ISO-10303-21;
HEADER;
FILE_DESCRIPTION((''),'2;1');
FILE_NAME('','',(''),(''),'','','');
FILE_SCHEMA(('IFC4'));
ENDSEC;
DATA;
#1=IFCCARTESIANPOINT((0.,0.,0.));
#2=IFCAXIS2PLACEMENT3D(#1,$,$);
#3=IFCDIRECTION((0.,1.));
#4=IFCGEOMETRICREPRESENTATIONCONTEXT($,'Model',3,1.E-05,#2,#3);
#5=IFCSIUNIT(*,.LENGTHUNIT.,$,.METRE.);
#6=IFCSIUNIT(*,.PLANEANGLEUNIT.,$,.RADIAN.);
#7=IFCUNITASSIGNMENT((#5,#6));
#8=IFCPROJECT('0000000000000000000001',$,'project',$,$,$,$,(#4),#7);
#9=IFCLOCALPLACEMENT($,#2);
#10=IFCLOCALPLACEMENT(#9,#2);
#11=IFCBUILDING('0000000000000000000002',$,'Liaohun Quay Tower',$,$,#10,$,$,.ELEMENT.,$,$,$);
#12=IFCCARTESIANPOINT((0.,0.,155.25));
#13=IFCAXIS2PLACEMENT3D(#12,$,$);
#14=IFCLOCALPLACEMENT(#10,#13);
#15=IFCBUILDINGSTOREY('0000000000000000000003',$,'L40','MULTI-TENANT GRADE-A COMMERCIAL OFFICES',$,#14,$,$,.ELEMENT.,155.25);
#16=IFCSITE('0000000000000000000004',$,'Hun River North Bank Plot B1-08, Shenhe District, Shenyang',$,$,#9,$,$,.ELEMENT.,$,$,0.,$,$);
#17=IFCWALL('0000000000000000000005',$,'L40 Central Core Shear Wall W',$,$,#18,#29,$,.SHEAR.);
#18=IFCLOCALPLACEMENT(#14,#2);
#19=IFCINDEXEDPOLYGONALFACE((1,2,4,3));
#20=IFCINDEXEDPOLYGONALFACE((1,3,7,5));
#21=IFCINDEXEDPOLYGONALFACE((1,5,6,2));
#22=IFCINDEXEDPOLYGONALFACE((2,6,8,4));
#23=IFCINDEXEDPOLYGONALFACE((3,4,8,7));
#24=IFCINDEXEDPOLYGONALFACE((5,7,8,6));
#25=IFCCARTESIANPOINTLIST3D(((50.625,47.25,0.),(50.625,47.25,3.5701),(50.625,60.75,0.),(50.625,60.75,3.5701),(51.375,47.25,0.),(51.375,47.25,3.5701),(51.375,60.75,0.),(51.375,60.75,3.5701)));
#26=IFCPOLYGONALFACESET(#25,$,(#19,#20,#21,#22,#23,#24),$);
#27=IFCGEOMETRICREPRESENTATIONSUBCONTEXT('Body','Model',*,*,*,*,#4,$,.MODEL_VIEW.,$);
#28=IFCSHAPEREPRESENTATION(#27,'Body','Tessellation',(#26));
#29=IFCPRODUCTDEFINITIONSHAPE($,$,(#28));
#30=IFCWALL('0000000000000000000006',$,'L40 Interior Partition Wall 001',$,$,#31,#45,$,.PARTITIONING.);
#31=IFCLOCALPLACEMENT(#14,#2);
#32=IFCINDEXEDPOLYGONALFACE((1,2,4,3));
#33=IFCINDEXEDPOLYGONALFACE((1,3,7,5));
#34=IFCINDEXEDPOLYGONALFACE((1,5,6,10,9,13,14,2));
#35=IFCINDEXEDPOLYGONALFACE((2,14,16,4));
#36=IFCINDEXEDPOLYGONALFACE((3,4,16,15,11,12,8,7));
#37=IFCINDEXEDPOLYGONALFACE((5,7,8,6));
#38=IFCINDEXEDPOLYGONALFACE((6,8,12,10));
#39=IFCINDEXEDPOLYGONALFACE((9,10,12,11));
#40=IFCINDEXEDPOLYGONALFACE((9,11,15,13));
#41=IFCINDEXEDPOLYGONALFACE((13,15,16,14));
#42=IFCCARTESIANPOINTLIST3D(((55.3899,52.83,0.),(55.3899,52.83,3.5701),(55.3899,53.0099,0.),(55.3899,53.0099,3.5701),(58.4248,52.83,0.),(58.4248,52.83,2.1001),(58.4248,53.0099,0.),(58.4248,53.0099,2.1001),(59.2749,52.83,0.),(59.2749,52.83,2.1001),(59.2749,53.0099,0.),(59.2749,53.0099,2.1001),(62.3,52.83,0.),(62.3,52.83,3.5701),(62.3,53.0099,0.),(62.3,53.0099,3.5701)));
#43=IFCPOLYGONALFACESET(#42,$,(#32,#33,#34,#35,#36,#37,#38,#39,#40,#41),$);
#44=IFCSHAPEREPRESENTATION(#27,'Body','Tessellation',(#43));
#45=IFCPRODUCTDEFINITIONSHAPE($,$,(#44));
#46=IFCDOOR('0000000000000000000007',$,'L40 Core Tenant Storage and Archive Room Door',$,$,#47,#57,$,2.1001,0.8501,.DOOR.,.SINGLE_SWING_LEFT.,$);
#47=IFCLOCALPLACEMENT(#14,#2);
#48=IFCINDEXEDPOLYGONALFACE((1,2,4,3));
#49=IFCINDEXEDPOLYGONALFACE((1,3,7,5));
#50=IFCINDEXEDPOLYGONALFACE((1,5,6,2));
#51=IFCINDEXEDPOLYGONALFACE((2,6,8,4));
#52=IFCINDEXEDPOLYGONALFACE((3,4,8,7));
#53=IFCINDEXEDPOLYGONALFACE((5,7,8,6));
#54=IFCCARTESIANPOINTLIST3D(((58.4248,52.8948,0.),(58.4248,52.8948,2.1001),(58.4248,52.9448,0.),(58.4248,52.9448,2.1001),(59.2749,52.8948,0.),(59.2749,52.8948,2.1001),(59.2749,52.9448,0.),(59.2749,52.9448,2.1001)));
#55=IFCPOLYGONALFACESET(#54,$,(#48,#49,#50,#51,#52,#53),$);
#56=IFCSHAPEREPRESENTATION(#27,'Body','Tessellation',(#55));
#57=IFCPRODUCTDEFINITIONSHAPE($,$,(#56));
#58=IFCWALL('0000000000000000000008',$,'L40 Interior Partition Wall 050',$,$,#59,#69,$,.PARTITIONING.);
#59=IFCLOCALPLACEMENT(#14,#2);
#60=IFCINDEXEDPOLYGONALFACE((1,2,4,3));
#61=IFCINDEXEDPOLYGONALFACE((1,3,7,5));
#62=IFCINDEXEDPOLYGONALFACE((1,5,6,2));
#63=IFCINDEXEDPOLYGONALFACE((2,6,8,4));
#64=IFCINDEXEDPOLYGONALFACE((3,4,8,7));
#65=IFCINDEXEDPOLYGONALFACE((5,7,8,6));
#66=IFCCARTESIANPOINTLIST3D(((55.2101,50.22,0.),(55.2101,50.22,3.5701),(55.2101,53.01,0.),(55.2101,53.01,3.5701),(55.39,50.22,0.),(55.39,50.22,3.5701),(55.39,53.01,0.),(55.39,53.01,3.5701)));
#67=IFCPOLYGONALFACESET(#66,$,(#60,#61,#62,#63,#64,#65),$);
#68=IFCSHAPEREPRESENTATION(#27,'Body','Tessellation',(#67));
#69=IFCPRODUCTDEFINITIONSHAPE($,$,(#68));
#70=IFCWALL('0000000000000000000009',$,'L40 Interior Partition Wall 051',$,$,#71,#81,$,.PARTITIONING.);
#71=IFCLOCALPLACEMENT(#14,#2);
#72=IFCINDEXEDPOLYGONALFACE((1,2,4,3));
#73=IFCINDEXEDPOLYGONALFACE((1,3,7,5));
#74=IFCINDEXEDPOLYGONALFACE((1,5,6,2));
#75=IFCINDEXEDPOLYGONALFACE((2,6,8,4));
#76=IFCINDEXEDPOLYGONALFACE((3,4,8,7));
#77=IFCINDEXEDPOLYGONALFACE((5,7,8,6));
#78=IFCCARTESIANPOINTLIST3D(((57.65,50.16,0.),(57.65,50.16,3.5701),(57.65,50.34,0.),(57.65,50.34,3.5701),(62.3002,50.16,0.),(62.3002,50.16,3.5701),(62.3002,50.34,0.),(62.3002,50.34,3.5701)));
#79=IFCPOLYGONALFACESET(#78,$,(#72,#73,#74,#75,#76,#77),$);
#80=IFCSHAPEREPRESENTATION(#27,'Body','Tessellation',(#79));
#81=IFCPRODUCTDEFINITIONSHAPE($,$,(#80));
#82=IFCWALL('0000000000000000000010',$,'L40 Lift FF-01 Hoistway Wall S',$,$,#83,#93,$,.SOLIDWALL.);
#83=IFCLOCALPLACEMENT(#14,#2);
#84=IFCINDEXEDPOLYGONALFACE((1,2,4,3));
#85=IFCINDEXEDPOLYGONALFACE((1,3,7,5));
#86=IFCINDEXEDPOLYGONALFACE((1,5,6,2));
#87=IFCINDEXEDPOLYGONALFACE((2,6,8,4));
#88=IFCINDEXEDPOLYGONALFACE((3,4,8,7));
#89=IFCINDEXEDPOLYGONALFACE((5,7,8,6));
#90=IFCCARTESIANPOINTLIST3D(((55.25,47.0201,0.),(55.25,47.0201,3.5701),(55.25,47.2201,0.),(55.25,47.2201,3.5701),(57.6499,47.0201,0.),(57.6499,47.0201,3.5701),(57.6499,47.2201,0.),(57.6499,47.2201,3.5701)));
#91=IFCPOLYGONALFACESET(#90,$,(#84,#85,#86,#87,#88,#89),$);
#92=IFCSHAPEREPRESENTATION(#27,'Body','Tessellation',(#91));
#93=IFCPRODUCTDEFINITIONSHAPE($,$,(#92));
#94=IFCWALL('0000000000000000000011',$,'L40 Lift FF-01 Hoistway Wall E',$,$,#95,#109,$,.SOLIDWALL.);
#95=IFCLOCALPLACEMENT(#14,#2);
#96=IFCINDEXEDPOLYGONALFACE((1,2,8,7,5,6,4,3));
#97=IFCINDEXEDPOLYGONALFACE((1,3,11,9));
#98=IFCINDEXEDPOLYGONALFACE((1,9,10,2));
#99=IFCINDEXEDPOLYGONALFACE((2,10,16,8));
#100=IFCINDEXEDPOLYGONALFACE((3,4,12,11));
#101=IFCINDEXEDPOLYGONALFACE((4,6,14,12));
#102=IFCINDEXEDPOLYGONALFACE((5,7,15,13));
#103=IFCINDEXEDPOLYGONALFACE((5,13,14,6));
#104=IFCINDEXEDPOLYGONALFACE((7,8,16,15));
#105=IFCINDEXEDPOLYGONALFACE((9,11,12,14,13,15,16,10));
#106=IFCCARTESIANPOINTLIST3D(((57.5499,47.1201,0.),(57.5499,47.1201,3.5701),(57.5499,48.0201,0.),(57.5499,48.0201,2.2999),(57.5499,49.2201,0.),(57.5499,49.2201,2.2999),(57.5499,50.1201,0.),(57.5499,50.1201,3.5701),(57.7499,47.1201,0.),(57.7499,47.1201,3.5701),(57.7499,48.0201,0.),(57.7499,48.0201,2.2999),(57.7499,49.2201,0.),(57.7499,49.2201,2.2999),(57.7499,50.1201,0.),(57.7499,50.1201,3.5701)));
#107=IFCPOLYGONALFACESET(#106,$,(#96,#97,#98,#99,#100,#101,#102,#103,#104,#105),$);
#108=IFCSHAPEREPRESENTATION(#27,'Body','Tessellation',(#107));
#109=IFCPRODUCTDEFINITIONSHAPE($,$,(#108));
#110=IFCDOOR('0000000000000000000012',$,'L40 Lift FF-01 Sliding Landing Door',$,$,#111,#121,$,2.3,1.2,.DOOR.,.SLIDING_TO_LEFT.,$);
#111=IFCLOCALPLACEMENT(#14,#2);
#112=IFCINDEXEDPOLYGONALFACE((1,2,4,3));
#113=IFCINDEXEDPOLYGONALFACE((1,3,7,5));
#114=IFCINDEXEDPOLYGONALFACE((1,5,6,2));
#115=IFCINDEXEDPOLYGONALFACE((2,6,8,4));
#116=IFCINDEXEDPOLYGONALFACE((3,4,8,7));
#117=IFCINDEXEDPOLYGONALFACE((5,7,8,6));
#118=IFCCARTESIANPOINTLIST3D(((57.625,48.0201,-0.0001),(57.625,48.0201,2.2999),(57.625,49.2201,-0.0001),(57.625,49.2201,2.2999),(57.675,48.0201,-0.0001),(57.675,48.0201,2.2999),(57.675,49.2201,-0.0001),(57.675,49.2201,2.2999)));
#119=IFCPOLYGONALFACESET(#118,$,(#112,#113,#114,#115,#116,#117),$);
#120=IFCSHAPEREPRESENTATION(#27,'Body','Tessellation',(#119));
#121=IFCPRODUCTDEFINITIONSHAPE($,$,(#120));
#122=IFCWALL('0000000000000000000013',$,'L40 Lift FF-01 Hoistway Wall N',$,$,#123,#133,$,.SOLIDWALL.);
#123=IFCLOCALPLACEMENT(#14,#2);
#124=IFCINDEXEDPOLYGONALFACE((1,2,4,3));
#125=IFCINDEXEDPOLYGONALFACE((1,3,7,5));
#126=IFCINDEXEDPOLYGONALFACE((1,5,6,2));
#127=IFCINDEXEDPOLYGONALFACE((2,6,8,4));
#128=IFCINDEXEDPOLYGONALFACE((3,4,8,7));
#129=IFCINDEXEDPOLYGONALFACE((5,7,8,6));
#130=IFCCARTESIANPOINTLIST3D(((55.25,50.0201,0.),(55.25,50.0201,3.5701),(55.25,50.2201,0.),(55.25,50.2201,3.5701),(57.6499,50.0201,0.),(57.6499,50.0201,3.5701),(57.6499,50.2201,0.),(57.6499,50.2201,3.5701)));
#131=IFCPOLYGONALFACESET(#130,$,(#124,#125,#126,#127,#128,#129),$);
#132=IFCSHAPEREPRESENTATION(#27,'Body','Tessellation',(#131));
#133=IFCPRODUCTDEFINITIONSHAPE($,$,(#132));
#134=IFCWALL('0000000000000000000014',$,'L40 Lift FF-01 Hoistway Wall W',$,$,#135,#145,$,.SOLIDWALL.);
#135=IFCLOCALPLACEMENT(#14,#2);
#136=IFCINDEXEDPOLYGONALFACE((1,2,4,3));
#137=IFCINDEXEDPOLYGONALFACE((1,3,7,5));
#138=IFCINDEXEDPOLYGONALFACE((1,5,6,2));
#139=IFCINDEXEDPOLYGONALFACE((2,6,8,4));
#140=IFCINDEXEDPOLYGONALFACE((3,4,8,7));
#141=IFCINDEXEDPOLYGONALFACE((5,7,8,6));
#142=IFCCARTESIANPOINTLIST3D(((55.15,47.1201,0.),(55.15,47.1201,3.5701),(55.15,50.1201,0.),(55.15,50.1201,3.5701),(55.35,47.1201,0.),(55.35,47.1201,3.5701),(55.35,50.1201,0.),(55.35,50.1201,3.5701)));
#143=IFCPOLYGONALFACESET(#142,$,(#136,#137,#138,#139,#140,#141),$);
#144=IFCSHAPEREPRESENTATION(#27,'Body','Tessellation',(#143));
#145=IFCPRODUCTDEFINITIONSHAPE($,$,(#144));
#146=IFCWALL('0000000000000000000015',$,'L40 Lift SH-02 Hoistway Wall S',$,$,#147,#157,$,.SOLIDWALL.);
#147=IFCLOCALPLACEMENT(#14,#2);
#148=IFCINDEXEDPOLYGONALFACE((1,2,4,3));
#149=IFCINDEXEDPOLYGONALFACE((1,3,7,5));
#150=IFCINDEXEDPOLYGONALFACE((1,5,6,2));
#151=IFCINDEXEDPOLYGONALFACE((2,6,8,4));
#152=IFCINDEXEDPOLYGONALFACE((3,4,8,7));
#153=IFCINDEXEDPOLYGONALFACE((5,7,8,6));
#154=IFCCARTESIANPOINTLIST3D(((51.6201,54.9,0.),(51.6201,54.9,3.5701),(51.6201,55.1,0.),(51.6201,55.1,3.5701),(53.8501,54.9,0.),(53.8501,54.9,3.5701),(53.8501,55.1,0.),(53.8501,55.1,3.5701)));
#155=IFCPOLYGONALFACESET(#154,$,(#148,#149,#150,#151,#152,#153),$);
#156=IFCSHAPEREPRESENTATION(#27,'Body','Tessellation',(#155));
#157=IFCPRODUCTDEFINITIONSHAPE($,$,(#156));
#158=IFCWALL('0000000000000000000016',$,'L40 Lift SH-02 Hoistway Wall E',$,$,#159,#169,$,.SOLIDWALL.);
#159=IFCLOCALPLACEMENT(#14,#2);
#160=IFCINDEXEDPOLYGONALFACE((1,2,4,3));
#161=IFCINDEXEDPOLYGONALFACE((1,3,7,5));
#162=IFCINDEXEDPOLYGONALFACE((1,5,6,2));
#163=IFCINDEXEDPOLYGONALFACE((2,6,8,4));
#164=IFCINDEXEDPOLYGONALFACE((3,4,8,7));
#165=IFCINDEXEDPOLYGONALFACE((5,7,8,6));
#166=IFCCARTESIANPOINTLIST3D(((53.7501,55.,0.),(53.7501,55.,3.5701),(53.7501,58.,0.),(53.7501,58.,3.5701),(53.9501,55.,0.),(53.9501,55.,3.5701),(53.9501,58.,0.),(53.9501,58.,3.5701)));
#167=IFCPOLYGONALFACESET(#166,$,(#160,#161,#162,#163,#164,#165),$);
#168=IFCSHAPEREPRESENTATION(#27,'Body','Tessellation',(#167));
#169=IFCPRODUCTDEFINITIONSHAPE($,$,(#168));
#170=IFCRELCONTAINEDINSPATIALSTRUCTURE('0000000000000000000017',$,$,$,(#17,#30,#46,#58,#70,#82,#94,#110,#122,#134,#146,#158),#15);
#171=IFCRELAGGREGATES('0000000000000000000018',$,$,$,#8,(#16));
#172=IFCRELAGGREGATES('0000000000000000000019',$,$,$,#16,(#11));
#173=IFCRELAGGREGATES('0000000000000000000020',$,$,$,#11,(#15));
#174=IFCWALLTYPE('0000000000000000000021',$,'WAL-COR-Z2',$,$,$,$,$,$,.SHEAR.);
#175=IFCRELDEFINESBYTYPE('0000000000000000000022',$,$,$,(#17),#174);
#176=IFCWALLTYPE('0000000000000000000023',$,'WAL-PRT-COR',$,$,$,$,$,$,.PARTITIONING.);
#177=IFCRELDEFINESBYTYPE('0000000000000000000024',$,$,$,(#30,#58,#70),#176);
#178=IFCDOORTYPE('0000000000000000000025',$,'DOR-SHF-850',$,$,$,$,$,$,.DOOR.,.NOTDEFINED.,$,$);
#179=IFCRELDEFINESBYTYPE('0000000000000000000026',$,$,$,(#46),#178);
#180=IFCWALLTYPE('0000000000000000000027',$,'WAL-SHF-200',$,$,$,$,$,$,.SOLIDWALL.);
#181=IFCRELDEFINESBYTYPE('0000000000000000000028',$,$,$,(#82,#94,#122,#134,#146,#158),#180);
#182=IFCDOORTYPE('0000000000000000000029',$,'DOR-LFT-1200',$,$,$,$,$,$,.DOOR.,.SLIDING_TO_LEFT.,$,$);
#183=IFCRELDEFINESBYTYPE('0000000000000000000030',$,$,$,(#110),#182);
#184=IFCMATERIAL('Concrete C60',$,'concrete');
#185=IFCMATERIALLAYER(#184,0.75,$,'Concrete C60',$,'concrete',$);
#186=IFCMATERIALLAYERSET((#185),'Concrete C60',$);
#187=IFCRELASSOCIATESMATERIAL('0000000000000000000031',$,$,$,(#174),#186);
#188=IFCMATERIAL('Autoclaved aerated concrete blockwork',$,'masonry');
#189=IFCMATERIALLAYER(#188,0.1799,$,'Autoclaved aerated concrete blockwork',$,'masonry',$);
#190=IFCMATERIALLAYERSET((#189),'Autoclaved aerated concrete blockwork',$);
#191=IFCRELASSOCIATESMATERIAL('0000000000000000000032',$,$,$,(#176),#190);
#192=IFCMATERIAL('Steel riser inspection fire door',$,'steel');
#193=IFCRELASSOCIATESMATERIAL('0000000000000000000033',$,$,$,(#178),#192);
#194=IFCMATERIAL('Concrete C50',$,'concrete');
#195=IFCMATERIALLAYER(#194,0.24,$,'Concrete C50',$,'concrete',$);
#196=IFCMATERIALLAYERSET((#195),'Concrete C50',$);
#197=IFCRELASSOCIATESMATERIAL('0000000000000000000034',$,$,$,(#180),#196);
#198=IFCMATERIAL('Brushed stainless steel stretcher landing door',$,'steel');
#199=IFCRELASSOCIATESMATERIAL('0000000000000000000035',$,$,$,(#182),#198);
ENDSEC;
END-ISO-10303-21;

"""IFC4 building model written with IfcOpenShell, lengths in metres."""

from ifc_helpers import new_model, si_unit, direction, frame, frame_2d, origin, place, context, subcontext, project, spatial, rectangle, extrude, source, transform, mapped, material, layer, layer_set, type_object, element, fill, save


model = new_model("IFC4")

# Units and contexts
model_context = context("Model", 3, precision=1e-05, world=origin(), true_north=direction((0.0, 1.0)))
body_context = subcontext(model_context, "Body", "Model", "MODEL_VIEW")
ifc_project = project(units=[si_unit("LENGTHUNIT", "METRE"), si_unit("PLANEANGLEUNIT", "RADIAN")], contexts=[model_context])

# Site, building, storey
site_placement = place(None, origin())
site = spatial("IfcSite", under=ifc_project, at=site_placement, Name="Hun River North Bank Plot B1-08, Shenhe District, Shenyang", CompositionType="ELEMENT", RefElevation=0.0)
building_placement = place(site_placement, origin())
building = spatial("IfcBuilding", under=site, at=building_placement, Name="Liaohun Quay Tower", CompositionType="ELEMENT")
storey_placement = place(building_placement, frame((0.0, 0.0, 155.25)))
storey = spatial("IfcBuildingStorey", under=building, at=storey_placement, Name="L40", Description="MULTI-TENANT GRADE-A COMMERCIAL OFFICES", CompositionType="ELEMENT", Elevation=155.25)

# Wall
ifc_material_1 = material(Name="Concrete C60", Category="concrete")
ifc_layer_1 = layer(ifc_material_1, 0.75, Name="Concrete C60", Category="concrete")
ifc_layer_set_1 = layer_set([ifc_layer_1], Name="Concrete C60")
wall_type_1 = type_object("IfcWallType", Name="WAL-COR-Z2", PredefinedType="SHEAR", material=ifc_layer_set_1)
wall_1_placement = place(storey_placement, frame((51.0, 47.25, 0.0), z_axis=(0.0, 0.0, 1.0), x_axis=(0.0, 1.0, 0.0)))
element("IfcWall", 1, at=wall_1_placement, inside=storey, type_object=wall_type_1, Name="L40 Central Core Shear Wall W", PredefinedType="SHEAR", context=body_context, shape_type="SweptSolid", body=[
    extrude(rectangle(XDim=13.5, YDim=0.75, at=frame_2d((6.75, 0.0))), origin(), (0.0, 0.0, 1.0), 3.5701),
])

# Wall, opening, door
ifc_material_2 = material(Name="Autoclaved aerated concrete blockwork", Category="masonry")
ifc_layer_2 = layer(ifc_material_2, 0.1799, Name="Autoclaved aerated concrete blockwork", Category="masonry")
ifc_layer_set_2 = layer_set([ifc_layer_2], Name="Autoclaved aerated concrete blockwork")
wall_type_2 = type_object("IfcWallType", Name="WAL-PRT-COR", PredefinedType="PARTITIONING", material=ifc_layer_set_2)
wall_2_placement = place(storey_placement, frame((55.3899, 52.9199, 0.0), z_axis=(0.0, 0.0, 1.0), x_axis=(1.0, 0.0, 0.0)))
wall_2 = element("IfcWall", 2, at=wall_2_placement, inside=storey, type_object=wall_type_2, Name="L40 Interior Partition Wall 001", PredefinedType="PARTITIONING", context=body_context, shape_type="SweptSolid", body=[
    extrude(rectangle(XDim=6.9102, YDim=0.1799, at=frame_2d((3.4551, 0.0))), origin(), (0.0, 0.0, 1.0), 3.5701),
])
shared_shape_1 = source(origin(), body_context, "Body", "SweptSolid", [
    extrude(rectangle(XDim=0.8501, YDim=2.1001, at=frame_2d((0.425, 1.05))), frame((0.0, 0.0999, 0.0), z_axis=(0.0, -1.0, 0.0), x_axis=(1.0, 0.0, 0.0)), (0.0, 0.0, 1.0), 0.2),
])
opening_1_placement = place(wall_2_placement, frame((3.0349, 0.0, 0.0)))
opening_1 = element("IfcOpeningElement", 3, at=opening_1_placement, cuts=wall_2, PredefinedType="OPENING", context=body_context, shape_type="MappedRepresentation", body=[
    mapped(shared_shape_1, transform((0.0, 0.0, 0.0), x_axis=(1.0, 0.0, 0.0), y_axis=(0.0, 1.0, 0.0), z_axis=(0.0, 0.0, 1.0), scale=1.0)),
])
ifc_material_3 = material(Name="Steel riser inspection fire door", Category="steel")
door_type_1 = type_object("IfcDoorType", Name="DOR-SHF-850", OperationType="NOTDEFINED", PredefinedType="DOOR", material=ifc_material_3)
shared_shape_2 = source(origin(), body_context, "Body", "SweptSolid", [
    extrude(rectangle(XDim=0.8501, YDim=2.1001, at=frame_2d((0.425, 1.05))), frame((0.0, 0.0249, 0.0), z_axis=(0.0, -1.0, 0.0), x_axis=(1.0, 0.0, 0.0)), (0.0, 0.0, 1.0), 0.05),
])
door_1_placement = place(opening_1_placement, origin())
door_1 = element("IfcDoor", 4, at=door_1_placement, inside=storey, type_object=door_type_1, Name="L40 Core Tenant Storage and Archive Room Door", OperationType="SINGLE_SWING_LEFT", OverallHeight=2.1001, OverallWidth=0.8501, PredefinedType="DOOR", context=body_context, shape_type="MappedRepresentation", body=[
    mapped(shared_shape_2, transform((0.0, 0.0, 0.0), x_axis=(1.0, 0.0, 0.0), y_axis=(0.0, 1.0, 0.0), z_axis=(0.0, 0.0, 1.0), scale=1.0)),
])
fill(opening_1, door_1)

# Walls
wall_3_placement = place(storey_placement, frame((55.3, 50.22, 0.0), z_axis=(0.0, 0.0, 1.0), x_axis=(0.0, 1.0, 0.0)))
element("IfcWall", 5, at=wall_3_placement, inside=storey, type_object=wall_type_2, Name="L40 Interior Partition Wall 050", PredefinedType="PARTITIONING", context=body_context, shape_type="SweptSolid", body=[
    extrude(rectangle(XDim=2.79, YDim=0.1799, at=frame_2d((1.395, 0.0))), origin(), (0.0, 0.0, 1.0), 3.5701),
])
wall_4_placement = place(storey_placement, frame((57.6499, 50.25, 0.0), z_axis=(0.0, 0.0, 1.0), x_axis=(1.0, 0.0, 0.0)))
element("IfcWall", 6, at=wall_4_placement, inside=storey, type_object=wall_type_2, Name="L40 Interior Partition Wall 051", PredefinedType="PARTITIONING", context=body_context, shape_type="SweptSolid", body=[
    extrude(rectangle(XDim=4.6501, YDim=0.1799, at=frame_2d((2.3252, 0.0))), origin(), (0.0, 0.0, 1.0), 3.5701),
])
ifc_material_4 = material(Name="Concrete C50", Category="concrete")
ifc_layer_3 = layer(ifc_material_4, 0.24, Name="Concrete C50", Category="concrete")
ifc_layer_set_3 = layer_set([ifc_layer_3], Name="Concrete C50")
wall_type_3 = type_object("IfcWallType", Name="WAL-SHF-200", PredefinedType="SOLIDWALL", material=ifc_layer_set_3)
wall_5_placement = place(storey_placement, frame((55.25, 47.1201, 0.0), z_axis=(0.0, 0.0, 1.0), x_axis=(1.0, 0.0, 0.0)))
element("IfcWall", 7, at=wall_5_placement, inside=storey, type_object=wall_type_3, Name="L40 Lift FF-01 Hoistway Wall S", PredefinedType="SOLIDWALL", context=body_context, shape_type="SweptSolid", body=[
    extrude(rectangle(XDim=2.3999, YDim=0.2, at=frame_2d((1.2, 0.0))), origin(), (0.0, 0.0, 1.0), 3.5701),
])

# Wall, opening, door
wall_6_placement = place(storey_placement, frame((57.6499, 47.1201, 0.0), z_axis=(0.0, 0.0, 1.0), x_axis=(0.0, 1.0, 0.0)))
wall_6 = element("IfcWall", 8, at=wall_6_placement, inside=storey, type_object=wall_type_3, Name="L40 Lift FF-01 Hoistway Wall E", PredefinedType="SOLIDWALL", context=body_context, shape_type="SweptSolid", body=[
    extrude(rectangle(XDim=3.0, YDim=0.2, at=frame_2d((1.5, 0.0))), origin(), (0.0, 0.0, 1.0), 3.5701),
])
shared_shape_3 = source(origin(), body_context, "Body", "SweptSolid", [
    extrude(rectangle(XDim=1.2, YDim=2.3, at=frame_2d((0.6001, 1.1499))), frame((0.0, 0.1099, 0.0), z_axis=(0.0, -1.0, 0.0), x_axis=(1.0, 0.0, 0.0)), (0.0, 0.0, 1.0), 0.22),
])
opening_2_placement = place(wall_6_placement, frame((0.8999, 0.0, 0.0)))
opening_2 = element("IfcOpeningElement", 9, at=opening_2_placement, cuts=wall_6, PredefinedType="OPENING", context=body_context, shape_type="MappedRepresentation", body=[
    mapped(shared_shape_3, transform((0.0, 0.0, 0.0), x_axis=(1.0, 0.0, 0.0), y_axis=(0.0, 1.0, 0.0), z_axis=(0.0, 0.0, 1.0), scale=1.0)),
])
ifc_material_5 = material(Name="Brushed stainless steel stretcher landing door", Category="steel")
door_type_2 = type_object("IfcDoorType", Name="DOR-LFT-1200", OperationType="SLIDING_TO_LEFT", PredefinedType="DOOR", material=ifc_material_5)
shared_shape_4 = source(origin(), body_context, "Body", "SweptSolid", [
    extrude(rectangle(XDim=1.2, YDim=2.3, at=frame_2d((0.6001, 1.1499))), frame((0.0, 0.0249, 0.0), z_axis=(0.0, -1.0, 0.0), x_axis=(1.0, 0.0, 0.0)), (0.0, 0.0, 1.0), 0.05),
])
door_2_placement = place(opening_2_placement, origin())
door_2 = element("IfcDoor", 10, at=door_2_placement, inside=storey, type_object=door_type_2, Name="L40 Lift FF-01 Sliding Landing Door", OperationType="SLIDING_TO_LEFT", OverallHeight=2.3, OverallWidth=1.2, PredefinedType="DOOR", context=body_context, shape_type="MappedRepresentation", body=[
    mapped(shared_shape_4, transform((0.0, 0.0, 0.0), x_axis=(1.0, 0.0, 0.0), y_axis=(0.0, 1.0, 0.0), z_axis=(0.0, 0.0, 1.0), scale=1.0)),
])
fill(opening_2, door_2)

# Walls
wall_7_placement = place(storey_placement, frame((57.6499, 50.1201, 0.0), z_axis=(0.0, 0.0, 1.0), x_axis=(-1.0, 0.0, 0.0)))
element("IfcWall", 11, at=wall_7_placement, inside=storey, type_object=wall_type_3, Name="L40 Lift FF-01 Hoistway Wall N", PredefinedType="SOLIDWALL", context=body_context, shape_type="SweptSolid", body=[
    extrude(rectangle(XDim=2.3999, YDim=0.2, at=frame_2d((1.2, 0.0))), origin(), (0.0, 0.0, 1.0), 3.5701),
])
wall_8_placement = place(storey_placement, frame((55.25, 50.1201, 0.0), z_axis=(0.0, 0.0, 1.0), x_axis=(0.0, -1.0, 0.0)))
element("IfcWall", 12, at=wall_8_placement, inside=storey, type_object=wall_type_3, Name="L40 Lift FF-01 Hoistway Wall W", PredefinedType="SOLIDWALL", context=body_context, shape_type="SweptSolid", body=[
    extrude(rectangle(XDim=3.0, YDim=0.2, at=frame_2d((1.5, 0.0))), origin(), (0.0, 0.0, 1.0), 3.5701),
])
wall_9_placement = place(storey_placement, frame((51.6201, 55.0, 0.0), z_axis=(0.0, 0.0, 1.0), x_axis=(1.0, 0.0, 0.0)))
element("IfcWall", 13, at=wall_9_placement, inside=storey, type_object=wall_type_3, Name="L40 Lift SH-02 Hoistway Wall S", PredefinedType="SOLIDWALL", context=body_context, shape_type="SweptSolid", body=[
    extrude(rectangle(XDim=2.23, YDim=0.2, at=frame_2d((1.115, 0.0))), origin(), (0.0, 0.0, 1.0), 3.5701),
])
wall_10_placement = place(storey_placement, frame((53.8501, 55.0, 0.0), z_axis=(0.0, 0.0, 1.0), x_axis=(0.0, 1.0, 0.0)))
element("IfcWall", 14, at=wall_10_placement, inside=storey, type_object=wall_type_3, Name="L40 Lift SH-02 Hoistway Wall E", PredefinedType="SOLIDWALL", context=body_context, shape_type="SweptSolid", body=[
    extrude(rectangle(XDim=3.0, YDim=0.2, at=frame_2d((1.5, 0.0))), origin(), (0.0, 0.0, 1.0), 3.5701),
])

save(model, "model.ifc")
